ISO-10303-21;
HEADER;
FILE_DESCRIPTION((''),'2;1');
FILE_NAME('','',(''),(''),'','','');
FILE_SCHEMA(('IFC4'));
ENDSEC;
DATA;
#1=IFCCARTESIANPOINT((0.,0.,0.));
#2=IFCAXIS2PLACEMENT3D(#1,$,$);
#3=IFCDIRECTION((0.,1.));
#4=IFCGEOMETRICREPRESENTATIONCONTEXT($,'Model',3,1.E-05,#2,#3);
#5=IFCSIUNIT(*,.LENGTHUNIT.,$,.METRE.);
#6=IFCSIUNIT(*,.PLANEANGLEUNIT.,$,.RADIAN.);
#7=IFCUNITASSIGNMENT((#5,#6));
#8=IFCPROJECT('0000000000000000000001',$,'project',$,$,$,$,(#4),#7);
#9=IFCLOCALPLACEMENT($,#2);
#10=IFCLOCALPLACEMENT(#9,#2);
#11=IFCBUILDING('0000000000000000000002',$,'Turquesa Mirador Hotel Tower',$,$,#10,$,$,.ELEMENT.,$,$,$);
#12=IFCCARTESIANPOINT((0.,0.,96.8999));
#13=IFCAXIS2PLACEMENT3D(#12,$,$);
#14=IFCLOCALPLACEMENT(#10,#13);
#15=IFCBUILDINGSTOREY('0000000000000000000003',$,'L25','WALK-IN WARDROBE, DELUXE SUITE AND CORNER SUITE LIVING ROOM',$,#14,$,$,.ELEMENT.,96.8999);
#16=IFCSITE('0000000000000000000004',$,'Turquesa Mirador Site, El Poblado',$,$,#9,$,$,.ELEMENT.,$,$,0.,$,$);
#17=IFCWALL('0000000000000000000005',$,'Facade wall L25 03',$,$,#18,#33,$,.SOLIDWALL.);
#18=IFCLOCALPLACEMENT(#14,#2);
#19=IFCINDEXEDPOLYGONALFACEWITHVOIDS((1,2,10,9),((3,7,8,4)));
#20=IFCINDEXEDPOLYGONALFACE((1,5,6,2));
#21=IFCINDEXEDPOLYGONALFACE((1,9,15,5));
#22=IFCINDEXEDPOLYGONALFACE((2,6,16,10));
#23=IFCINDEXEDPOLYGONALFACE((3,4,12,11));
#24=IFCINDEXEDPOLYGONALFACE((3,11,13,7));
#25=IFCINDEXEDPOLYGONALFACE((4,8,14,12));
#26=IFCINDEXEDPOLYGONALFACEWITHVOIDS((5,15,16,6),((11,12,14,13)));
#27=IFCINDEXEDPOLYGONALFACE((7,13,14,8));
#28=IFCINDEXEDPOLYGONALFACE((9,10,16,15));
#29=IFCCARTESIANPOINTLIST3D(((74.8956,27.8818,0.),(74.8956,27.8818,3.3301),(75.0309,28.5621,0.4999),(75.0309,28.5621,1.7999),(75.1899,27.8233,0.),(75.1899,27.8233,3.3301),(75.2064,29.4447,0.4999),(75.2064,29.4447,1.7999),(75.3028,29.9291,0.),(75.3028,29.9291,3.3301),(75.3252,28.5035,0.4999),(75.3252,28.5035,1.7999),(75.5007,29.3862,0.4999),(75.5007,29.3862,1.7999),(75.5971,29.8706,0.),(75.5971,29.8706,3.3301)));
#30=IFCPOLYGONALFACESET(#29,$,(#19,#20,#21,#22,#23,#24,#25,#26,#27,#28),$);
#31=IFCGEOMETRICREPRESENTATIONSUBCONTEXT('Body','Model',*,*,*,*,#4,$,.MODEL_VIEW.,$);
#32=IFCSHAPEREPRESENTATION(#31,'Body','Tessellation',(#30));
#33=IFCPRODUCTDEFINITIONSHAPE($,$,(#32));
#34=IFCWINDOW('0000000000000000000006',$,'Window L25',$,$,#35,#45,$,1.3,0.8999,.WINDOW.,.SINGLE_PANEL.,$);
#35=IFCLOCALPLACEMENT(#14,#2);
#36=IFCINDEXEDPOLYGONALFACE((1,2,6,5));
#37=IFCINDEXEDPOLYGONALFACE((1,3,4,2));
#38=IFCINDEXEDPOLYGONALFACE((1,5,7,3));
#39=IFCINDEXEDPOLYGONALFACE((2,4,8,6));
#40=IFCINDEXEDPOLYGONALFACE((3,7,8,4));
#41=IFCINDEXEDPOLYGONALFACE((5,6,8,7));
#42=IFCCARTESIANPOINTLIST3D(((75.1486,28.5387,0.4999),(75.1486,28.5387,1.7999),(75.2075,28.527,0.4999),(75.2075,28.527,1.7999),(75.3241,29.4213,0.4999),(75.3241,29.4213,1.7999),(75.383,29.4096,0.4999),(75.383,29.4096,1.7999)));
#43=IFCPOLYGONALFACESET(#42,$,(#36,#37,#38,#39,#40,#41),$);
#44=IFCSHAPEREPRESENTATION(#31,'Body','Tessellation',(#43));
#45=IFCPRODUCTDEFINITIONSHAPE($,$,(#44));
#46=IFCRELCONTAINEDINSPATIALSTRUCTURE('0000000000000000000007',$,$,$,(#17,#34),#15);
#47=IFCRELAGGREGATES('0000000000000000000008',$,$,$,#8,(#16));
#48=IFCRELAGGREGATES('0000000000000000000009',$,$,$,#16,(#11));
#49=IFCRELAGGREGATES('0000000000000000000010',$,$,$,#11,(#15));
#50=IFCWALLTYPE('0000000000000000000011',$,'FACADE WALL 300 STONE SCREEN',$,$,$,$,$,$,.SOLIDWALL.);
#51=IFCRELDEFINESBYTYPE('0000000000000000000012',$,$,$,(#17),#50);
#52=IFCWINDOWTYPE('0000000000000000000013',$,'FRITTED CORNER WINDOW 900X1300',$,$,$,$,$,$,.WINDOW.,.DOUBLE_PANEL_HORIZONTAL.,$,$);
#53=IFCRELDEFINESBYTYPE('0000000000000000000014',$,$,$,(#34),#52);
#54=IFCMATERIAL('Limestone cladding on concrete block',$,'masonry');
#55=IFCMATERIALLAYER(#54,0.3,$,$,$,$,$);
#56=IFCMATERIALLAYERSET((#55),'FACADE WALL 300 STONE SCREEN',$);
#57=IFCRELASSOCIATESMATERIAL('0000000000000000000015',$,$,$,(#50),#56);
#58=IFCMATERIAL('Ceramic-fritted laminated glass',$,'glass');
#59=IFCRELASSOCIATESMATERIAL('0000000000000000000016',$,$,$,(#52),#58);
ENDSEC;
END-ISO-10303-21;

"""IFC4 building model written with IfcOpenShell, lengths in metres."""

from ifc_helpers import new_model, si_unit, direction, frame, frame_2d, origin, place, context, subcontext, project, spatial, rectangle, extrude, material, layer, layer_set, type_object, element, fill, save


model = new_model("IFC4")

# Units and contexts
model_context = context("Model", 3, precision=1e-05, world=origin(), true_north=direction((0.0, 1.0)))
body_context = subcontext(model_context, "Body", "Model", "MODEL_VIEW")
ifc_project = project(units=[si_unit("LENGTHUNIT", "METRE"), si_unit("PLANEANGLEUNIT", "RADIAN")], contexts=[model_context])

# Site, building, storey
site_placement = place(None, origin())
site = spatial("IfcSite", under=ifc_project, at=site_placement, Name="Turquesa Mirador Site, El Poblado", CompositionType="ELEMENT", RefElevation=0.0)
building_placement = place(site_placement, origin())
building = spatial("IfcBuilding", under=site, at=building_placement, Name="Turquesa Mirador Hotel Tower", CompositionType="ELEMENT")
storey_placement = place(building_placement, frame((0.0, 0.0, 96.8999)))
storey = spatial("IfcBuildingStorey", under=building, at=storey_placement, Name="L25", Description="WALK-IN WARDROBE, DELUXE SUITE AND CORNER SUITE LIVING ROOM", CompositionType="ELEMENT", Elevation=96.8999)

# Wall, opening, window
ifc_material_1 = material(Name="Limestone cladding on concrete block", Category="masonry")
ifc_layer = layer(ifc_material_1, 0.3)
ifc_layer_set = layer_set([ifc_layer], Name="FACADE WALL 300 STONE SCREEN")
wall_type = type_object("IfcWallType", Name="FACADE WALL 300 STONE SCREEN", PredefinedType="SOLIDWALL", material=ifc_layer_set)
wall_1_placement = place(storey_placement, frame((75.0427, 27.8525, 0.0), z_axis=(0.0, 0.0, 1.0), x_axis=(0.195081, 0.980787, 0.0)))
wall_1 = element("IfcWall", 1, at=wall_1_placement, inside=storey, type_object=wall_type, Name="Facade wall L25 03", PredefinedType="SOLIDWALL", context=body_context, shape_type="SweptSolid", body=[
    extrude(rectangle(XDim=2.0874, YDim=0.3, at=frame_2d((1.0437, 0.0))), origin(), (0.0, 0.0, 1.0), 3.3301),
])
opening_1_placement = place(wall_1_placement, frame((0.6936, 0.0, 0.5)))
opening_1 = element("IfcOpeningElement", 2, at=opening_1_placement, cuts=wall_1, PredefinedType="OPENING", context=body_context, shape_type="SweptSolid", body=[
    extrude(rectangle(XDim=0.8999, YDim=1.3, at=frame_2d((0.45, 0.6499))), frame((0.0, 0.1599, 0.0), z_axis=(0.0, -1.0, 0.0), x_axis=(1.0, 0.0, 0.0)), (0.0, 0.0, 1.0), 0.3201),
])
ifc_material_2 = material(Name="Ceramic-fritted laminated glass", Category="glass")
window_type_1 = type_object("IfcWindowType", Name="FRITTED CORNER WINDOW 900X1300", PartitioningType="DOUBLE_PANEL_HORIZONTAL", PredefinedType="WINDOW", material=ifc_material_2)
window_1_placement = place(opening_1_placement, origin())
window_1 = element("IfcWindow", 3, at=window_1_placement, inside=storey, type_object=window_type_1, Name="Window L25", OverallHeight=1.3, OverallWidth=0.8999, PartitioningType="SINGLE_PANEL", PredefinedType="WINDOW", context=body_context, shape_type="SweptSolid", body=[
    extrude(rectangle(XDim=0.8999, YDim=1.3, at=frame_2d((0.45, 0.6499))), frame((0.0, 0.03, 0.0), z_axis=(0.0, -1.0, 0.0), x_axis=(1.0, 0.0, 0.0)), (0.0, 0.0, 1.0), 0.0601),
])
fill(opening_1, window_1)

save(model, "model.ifc")
